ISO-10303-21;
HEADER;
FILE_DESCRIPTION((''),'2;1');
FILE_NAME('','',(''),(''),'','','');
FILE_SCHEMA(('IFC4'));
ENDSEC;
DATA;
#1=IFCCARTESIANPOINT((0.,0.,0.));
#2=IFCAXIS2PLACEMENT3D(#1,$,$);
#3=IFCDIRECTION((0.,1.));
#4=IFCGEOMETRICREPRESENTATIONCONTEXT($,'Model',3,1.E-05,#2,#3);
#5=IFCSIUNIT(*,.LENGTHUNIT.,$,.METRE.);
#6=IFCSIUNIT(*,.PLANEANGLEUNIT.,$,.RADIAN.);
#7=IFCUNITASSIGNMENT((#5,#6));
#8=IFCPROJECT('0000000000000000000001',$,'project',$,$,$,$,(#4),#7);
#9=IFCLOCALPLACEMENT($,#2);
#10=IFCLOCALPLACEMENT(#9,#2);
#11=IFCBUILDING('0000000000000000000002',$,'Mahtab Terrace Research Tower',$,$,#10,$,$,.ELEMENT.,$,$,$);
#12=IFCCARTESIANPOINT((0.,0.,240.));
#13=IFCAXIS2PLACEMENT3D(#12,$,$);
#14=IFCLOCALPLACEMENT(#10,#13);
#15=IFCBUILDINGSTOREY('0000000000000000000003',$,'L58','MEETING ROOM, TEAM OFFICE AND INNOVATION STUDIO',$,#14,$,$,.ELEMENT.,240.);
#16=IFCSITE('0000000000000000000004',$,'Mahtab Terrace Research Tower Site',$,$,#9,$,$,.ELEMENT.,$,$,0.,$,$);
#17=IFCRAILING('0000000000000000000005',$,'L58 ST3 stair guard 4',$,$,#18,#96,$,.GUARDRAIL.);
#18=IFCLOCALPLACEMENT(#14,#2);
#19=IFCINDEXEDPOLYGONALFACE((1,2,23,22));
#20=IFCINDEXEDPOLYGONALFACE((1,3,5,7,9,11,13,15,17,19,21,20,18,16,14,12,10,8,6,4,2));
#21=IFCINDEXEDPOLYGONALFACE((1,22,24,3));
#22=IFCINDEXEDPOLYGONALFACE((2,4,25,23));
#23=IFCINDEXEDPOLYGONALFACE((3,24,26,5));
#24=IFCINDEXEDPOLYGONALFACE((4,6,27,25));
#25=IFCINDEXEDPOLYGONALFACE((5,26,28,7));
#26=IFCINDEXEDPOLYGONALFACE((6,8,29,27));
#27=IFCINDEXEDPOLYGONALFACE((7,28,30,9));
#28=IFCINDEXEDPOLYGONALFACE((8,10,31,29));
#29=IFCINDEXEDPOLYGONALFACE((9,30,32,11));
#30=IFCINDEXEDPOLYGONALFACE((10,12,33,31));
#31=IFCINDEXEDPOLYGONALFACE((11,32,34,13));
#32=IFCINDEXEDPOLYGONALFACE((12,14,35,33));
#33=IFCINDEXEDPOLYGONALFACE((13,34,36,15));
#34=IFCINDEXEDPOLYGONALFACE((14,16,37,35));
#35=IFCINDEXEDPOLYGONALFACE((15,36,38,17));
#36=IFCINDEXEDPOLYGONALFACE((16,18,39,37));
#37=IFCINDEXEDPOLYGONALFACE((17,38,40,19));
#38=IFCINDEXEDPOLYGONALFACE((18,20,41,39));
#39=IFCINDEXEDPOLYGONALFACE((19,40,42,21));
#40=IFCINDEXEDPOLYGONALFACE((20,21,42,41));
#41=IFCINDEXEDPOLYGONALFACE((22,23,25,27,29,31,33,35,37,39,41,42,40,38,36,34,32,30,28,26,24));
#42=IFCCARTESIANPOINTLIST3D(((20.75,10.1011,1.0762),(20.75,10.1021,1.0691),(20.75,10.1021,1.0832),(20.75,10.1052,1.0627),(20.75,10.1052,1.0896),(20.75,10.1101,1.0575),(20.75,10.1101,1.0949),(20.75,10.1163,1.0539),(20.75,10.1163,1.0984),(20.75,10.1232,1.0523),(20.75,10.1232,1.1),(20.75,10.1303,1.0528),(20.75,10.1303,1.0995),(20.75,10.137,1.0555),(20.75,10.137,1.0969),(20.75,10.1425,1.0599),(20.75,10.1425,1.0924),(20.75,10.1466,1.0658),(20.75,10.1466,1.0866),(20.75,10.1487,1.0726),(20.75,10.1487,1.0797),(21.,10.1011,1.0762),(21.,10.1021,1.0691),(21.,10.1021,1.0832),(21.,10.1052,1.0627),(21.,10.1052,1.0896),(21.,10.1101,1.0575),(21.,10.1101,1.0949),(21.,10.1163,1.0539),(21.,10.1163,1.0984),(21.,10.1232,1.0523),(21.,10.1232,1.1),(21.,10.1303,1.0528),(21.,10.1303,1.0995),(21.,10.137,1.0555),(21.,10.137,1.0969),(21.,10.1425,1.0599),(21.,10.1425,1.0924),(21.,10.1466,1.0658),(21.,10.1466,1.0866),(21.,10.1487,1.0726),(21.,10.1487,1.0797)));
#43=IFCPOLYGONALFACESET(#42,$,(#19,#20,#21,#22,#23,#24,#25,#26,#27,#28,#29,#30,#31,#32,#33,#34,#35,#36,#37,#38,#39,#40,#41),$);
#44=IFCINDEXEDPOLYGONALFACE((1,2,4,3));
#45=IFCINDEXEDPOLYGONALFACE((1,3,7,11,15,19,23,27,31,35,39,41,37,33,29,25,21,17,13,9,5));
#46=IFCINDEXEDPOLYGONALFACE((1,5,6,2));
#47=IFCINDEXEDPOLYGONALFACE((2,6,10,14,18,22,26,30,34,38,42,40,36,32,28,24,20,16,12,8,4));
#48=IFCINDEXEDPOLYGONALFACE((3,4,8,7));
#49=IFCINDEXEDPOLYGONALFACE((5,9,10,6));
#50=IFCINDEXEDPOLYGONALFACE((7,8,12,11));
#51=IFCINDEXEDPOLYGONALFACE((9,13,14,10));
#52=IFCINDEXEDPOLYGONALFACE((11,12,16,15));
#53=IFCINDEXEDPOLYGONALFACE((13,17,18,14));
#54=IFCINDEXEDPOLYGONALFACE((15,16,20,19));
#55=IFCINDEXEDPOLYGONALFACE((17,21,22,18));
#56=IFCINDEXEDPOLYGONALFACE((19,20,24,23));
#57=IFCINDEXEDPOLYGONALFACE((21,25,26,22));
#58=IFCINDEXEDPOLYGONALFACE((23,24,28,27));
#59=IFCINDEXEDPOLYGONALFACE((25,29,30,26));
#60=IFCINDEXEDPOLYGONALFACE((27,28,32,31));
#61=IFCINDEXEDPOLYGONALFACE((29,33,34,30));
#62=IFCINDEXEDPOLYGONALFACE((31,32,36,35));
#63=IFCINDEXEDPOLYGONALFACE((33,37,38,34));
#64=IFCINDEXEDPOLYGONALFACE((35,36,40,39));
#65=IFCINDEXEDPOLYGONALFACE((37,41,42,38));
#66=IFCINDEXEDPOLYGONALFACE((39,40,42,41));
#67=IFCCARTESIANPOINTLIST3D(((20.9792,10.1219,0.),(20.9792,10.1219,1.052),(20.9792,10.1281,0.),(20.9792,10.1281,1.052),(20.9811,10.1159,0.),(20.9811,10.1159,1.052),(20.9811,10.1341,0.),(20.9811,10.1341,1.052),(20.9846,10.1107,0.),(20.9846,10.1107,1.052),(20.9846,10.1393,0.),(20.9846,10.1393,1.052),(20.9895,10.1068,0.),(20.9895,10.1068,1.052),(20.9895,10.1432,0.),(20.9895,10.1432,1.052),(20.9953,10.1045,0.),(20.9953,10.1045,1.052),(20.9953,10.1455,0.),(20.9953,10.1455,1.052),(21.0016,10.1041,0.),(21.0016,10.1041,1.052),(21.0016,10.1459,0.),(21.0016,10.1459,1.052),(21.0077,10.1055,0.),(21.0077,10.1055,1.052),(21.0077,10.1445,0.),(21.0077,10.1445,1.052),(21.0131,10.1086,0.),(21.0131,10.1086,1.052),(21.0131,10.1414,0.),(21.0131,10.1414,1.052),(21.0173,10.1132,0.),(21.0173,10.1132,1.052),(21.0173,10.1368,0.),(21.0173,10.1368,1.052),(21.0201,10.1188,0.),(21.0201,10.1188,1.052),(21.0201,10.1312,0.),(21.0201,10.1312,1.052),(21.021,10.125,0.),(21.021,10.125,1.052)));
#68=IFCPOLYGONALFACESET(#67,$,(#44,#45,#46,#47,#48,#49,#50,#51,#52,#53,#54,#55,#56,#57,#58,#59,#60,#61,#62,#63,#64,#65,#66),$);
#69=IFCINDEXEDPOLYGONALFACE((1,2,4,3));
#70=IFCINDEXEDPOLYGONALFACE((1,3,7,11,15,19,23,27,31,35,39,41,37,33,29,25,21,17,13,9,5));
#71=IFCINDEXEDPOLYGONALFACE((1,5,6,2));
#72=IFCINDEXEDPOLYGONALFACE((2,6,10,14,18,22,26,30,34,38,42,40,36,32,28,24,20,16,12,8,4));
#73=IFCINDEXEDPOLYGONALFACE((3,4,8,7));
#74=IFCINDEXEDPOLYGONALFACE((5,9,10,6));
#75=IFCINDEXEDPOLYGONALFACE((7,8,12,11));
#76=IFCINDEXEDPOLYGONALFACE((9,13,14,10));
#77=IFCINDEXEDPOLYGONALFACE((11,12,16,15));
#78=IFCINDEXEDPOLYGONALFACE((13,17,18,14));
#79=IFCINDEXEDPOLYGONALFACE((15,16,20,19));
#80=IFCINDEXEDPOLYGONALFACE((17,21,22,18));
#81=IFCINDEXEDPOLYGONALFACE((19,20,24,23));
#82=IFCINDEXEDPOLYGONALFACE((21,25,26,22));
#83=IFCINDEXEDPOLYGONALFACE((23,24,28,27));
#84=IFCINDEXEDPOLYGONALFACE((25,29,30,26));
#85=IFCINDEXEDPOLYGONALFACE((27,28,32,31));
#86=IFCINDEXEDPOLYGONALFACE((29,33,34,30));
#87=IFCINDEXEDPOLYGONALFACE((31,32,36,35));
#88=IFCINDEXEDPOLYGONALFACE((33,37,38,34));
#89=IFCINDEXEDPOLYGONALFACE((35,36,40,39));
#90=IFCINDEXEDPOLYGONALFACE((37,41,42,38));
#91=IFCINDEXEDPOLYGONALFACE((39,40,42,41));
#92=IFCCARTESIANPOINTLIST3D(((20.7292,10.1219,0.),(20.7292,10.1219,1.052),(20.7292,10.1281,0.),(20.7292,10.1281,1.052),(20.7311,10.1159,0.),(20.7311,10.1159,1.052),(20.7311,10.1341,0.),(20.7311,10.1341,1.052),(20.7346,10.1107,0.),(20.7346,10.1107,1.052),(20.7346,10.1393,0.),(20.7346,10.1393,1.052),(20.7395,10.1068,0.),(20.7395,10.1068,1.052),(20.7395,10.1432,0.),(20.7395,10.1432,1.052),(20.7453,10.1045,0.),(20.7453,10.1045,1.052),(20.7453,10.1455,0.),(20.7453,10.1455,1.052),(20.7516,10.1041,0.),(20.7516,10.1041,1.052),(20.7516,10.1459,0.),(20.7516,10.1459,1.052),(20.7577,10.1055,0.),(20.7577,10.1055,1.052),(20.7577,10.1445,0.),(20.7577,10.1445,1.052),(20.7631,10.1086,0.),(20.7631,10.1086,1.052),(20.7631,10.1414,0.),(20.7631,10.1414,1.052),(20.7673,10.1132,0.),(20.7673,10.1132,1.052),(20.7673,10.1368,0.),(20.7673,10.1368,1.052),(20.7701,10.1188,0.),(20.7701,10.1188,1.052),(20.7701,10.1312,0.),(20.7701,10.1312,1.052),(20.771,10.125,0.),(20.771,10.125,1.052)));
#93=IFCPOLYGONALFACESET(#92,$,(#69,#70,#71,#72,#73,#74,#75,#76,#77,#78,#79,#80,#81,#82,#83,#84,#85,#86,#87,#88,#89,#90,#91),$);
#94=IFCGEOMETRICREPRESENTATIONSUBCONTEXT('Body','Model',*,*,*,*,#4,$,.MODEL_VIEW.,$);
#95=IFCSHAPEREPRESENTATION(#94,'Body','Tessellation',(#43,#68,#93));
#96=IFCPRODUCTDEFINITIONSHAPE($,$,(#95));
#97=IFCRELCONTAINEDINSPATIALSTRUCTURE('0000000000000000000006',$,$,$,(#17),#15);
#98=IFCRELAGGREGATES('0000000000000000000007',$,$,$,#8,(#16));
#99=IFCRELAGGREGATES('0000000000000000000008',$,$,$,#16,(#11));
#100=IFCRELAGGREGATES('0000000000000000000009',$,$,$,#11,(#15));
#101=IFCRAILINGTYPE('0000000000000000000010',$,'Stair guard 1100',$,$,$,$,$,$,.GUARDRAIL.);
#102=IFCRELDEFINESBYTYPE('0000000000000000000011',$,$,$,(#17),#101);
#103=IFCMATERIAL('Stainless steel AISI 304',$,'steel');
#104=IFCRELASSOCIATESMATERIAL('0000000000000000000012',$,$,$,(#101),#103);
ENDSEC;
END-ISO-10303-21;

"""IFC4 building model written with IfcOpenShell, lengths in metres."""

from ifc_helpers import new_model, si_unit, direction, frame, origin, origin_2d, place, context, subcontext, project, spatial, circle, extrude, material, type_object, element, save


model = new_model("IFC4")

# Units and contexts
model_context = context("Model", 3, precision=1e-05, world=origin(), true_north=direction((0.0, 1.0)))
body_context = subcontext(model_context, "Body", "Model", "MODEL_VIEW")
ifc_project = project(units=[si_unit("LENGTHUNIT", "METRE"), si_unit("PLANEANGLEUNIT", "RADIAN")], contexts=[model_context])

# Site, building, storey
site_placement = place(None, origin())
site = spatial("IfcSite", under=ifc_project, at=site_placement, Name="Mahtab Terrace Research Tower Site", CompositionType="ELEMENT", RefElevation=0.0)
building_placement = place(site_placement, origin())
building = spatial("IfcBuilding", under=site, at=building_placement, Name="Mahtab Terrace Research Tower", CompositionType="ELEMENT")
storey_placement = place(building_placement, frame((0.0, 0.0, 240.0)))
storey = spatial("IfcBuildingStorey", under=building, at=storey_placement, Name="L58", Description="MEETING ROOM, TEAM OFFICE AND INNOVATION STUDIO", CompositionType="ELEMENT", Elevation=240.0)

# Shared definitions
ifc_material_1 = material(Name="Stainless steel AISI 304", Category="steel")

# Railing
railing_type_1 = type_object("IfcRailingType", Name="Stair guard 1100", PredefinedType="GUARDRAIL", material=ifc_material_1)
railing_1_placement = place(storey_placement, frame((21.0, 10.125, 0.0)))
element("IfcRailing", 1, at=railing_1_placement, inside=storey, type_object=railing_type_1, Name="L58 ST3 stair guard 4", PredefinedType="GUARDRAIL", context=body_context, shape_type="SweptSolid", body=[
    extrude(circle(Radius=0.0239, at=origin_2d()), frame((0.0, 0.0, 1.0762), z_axis=(-1.0, 0.0, 0.0), x_axis=(0.0, -1.0, 0.0)), (0.0, 0.0, 1.0), 0.25),
    extrude(circle(Radius=0.021, at=origin_2d()), origin(), (0.0, 0.0, 1.0), 1.052),
    extrude(circle(Radius=0.021, at=origin_2d()), frame((-0.25, 0.0, 0.0)), (0.0, 0.0, 1.0), 1.052),
])

save(model, "model.ifc")
